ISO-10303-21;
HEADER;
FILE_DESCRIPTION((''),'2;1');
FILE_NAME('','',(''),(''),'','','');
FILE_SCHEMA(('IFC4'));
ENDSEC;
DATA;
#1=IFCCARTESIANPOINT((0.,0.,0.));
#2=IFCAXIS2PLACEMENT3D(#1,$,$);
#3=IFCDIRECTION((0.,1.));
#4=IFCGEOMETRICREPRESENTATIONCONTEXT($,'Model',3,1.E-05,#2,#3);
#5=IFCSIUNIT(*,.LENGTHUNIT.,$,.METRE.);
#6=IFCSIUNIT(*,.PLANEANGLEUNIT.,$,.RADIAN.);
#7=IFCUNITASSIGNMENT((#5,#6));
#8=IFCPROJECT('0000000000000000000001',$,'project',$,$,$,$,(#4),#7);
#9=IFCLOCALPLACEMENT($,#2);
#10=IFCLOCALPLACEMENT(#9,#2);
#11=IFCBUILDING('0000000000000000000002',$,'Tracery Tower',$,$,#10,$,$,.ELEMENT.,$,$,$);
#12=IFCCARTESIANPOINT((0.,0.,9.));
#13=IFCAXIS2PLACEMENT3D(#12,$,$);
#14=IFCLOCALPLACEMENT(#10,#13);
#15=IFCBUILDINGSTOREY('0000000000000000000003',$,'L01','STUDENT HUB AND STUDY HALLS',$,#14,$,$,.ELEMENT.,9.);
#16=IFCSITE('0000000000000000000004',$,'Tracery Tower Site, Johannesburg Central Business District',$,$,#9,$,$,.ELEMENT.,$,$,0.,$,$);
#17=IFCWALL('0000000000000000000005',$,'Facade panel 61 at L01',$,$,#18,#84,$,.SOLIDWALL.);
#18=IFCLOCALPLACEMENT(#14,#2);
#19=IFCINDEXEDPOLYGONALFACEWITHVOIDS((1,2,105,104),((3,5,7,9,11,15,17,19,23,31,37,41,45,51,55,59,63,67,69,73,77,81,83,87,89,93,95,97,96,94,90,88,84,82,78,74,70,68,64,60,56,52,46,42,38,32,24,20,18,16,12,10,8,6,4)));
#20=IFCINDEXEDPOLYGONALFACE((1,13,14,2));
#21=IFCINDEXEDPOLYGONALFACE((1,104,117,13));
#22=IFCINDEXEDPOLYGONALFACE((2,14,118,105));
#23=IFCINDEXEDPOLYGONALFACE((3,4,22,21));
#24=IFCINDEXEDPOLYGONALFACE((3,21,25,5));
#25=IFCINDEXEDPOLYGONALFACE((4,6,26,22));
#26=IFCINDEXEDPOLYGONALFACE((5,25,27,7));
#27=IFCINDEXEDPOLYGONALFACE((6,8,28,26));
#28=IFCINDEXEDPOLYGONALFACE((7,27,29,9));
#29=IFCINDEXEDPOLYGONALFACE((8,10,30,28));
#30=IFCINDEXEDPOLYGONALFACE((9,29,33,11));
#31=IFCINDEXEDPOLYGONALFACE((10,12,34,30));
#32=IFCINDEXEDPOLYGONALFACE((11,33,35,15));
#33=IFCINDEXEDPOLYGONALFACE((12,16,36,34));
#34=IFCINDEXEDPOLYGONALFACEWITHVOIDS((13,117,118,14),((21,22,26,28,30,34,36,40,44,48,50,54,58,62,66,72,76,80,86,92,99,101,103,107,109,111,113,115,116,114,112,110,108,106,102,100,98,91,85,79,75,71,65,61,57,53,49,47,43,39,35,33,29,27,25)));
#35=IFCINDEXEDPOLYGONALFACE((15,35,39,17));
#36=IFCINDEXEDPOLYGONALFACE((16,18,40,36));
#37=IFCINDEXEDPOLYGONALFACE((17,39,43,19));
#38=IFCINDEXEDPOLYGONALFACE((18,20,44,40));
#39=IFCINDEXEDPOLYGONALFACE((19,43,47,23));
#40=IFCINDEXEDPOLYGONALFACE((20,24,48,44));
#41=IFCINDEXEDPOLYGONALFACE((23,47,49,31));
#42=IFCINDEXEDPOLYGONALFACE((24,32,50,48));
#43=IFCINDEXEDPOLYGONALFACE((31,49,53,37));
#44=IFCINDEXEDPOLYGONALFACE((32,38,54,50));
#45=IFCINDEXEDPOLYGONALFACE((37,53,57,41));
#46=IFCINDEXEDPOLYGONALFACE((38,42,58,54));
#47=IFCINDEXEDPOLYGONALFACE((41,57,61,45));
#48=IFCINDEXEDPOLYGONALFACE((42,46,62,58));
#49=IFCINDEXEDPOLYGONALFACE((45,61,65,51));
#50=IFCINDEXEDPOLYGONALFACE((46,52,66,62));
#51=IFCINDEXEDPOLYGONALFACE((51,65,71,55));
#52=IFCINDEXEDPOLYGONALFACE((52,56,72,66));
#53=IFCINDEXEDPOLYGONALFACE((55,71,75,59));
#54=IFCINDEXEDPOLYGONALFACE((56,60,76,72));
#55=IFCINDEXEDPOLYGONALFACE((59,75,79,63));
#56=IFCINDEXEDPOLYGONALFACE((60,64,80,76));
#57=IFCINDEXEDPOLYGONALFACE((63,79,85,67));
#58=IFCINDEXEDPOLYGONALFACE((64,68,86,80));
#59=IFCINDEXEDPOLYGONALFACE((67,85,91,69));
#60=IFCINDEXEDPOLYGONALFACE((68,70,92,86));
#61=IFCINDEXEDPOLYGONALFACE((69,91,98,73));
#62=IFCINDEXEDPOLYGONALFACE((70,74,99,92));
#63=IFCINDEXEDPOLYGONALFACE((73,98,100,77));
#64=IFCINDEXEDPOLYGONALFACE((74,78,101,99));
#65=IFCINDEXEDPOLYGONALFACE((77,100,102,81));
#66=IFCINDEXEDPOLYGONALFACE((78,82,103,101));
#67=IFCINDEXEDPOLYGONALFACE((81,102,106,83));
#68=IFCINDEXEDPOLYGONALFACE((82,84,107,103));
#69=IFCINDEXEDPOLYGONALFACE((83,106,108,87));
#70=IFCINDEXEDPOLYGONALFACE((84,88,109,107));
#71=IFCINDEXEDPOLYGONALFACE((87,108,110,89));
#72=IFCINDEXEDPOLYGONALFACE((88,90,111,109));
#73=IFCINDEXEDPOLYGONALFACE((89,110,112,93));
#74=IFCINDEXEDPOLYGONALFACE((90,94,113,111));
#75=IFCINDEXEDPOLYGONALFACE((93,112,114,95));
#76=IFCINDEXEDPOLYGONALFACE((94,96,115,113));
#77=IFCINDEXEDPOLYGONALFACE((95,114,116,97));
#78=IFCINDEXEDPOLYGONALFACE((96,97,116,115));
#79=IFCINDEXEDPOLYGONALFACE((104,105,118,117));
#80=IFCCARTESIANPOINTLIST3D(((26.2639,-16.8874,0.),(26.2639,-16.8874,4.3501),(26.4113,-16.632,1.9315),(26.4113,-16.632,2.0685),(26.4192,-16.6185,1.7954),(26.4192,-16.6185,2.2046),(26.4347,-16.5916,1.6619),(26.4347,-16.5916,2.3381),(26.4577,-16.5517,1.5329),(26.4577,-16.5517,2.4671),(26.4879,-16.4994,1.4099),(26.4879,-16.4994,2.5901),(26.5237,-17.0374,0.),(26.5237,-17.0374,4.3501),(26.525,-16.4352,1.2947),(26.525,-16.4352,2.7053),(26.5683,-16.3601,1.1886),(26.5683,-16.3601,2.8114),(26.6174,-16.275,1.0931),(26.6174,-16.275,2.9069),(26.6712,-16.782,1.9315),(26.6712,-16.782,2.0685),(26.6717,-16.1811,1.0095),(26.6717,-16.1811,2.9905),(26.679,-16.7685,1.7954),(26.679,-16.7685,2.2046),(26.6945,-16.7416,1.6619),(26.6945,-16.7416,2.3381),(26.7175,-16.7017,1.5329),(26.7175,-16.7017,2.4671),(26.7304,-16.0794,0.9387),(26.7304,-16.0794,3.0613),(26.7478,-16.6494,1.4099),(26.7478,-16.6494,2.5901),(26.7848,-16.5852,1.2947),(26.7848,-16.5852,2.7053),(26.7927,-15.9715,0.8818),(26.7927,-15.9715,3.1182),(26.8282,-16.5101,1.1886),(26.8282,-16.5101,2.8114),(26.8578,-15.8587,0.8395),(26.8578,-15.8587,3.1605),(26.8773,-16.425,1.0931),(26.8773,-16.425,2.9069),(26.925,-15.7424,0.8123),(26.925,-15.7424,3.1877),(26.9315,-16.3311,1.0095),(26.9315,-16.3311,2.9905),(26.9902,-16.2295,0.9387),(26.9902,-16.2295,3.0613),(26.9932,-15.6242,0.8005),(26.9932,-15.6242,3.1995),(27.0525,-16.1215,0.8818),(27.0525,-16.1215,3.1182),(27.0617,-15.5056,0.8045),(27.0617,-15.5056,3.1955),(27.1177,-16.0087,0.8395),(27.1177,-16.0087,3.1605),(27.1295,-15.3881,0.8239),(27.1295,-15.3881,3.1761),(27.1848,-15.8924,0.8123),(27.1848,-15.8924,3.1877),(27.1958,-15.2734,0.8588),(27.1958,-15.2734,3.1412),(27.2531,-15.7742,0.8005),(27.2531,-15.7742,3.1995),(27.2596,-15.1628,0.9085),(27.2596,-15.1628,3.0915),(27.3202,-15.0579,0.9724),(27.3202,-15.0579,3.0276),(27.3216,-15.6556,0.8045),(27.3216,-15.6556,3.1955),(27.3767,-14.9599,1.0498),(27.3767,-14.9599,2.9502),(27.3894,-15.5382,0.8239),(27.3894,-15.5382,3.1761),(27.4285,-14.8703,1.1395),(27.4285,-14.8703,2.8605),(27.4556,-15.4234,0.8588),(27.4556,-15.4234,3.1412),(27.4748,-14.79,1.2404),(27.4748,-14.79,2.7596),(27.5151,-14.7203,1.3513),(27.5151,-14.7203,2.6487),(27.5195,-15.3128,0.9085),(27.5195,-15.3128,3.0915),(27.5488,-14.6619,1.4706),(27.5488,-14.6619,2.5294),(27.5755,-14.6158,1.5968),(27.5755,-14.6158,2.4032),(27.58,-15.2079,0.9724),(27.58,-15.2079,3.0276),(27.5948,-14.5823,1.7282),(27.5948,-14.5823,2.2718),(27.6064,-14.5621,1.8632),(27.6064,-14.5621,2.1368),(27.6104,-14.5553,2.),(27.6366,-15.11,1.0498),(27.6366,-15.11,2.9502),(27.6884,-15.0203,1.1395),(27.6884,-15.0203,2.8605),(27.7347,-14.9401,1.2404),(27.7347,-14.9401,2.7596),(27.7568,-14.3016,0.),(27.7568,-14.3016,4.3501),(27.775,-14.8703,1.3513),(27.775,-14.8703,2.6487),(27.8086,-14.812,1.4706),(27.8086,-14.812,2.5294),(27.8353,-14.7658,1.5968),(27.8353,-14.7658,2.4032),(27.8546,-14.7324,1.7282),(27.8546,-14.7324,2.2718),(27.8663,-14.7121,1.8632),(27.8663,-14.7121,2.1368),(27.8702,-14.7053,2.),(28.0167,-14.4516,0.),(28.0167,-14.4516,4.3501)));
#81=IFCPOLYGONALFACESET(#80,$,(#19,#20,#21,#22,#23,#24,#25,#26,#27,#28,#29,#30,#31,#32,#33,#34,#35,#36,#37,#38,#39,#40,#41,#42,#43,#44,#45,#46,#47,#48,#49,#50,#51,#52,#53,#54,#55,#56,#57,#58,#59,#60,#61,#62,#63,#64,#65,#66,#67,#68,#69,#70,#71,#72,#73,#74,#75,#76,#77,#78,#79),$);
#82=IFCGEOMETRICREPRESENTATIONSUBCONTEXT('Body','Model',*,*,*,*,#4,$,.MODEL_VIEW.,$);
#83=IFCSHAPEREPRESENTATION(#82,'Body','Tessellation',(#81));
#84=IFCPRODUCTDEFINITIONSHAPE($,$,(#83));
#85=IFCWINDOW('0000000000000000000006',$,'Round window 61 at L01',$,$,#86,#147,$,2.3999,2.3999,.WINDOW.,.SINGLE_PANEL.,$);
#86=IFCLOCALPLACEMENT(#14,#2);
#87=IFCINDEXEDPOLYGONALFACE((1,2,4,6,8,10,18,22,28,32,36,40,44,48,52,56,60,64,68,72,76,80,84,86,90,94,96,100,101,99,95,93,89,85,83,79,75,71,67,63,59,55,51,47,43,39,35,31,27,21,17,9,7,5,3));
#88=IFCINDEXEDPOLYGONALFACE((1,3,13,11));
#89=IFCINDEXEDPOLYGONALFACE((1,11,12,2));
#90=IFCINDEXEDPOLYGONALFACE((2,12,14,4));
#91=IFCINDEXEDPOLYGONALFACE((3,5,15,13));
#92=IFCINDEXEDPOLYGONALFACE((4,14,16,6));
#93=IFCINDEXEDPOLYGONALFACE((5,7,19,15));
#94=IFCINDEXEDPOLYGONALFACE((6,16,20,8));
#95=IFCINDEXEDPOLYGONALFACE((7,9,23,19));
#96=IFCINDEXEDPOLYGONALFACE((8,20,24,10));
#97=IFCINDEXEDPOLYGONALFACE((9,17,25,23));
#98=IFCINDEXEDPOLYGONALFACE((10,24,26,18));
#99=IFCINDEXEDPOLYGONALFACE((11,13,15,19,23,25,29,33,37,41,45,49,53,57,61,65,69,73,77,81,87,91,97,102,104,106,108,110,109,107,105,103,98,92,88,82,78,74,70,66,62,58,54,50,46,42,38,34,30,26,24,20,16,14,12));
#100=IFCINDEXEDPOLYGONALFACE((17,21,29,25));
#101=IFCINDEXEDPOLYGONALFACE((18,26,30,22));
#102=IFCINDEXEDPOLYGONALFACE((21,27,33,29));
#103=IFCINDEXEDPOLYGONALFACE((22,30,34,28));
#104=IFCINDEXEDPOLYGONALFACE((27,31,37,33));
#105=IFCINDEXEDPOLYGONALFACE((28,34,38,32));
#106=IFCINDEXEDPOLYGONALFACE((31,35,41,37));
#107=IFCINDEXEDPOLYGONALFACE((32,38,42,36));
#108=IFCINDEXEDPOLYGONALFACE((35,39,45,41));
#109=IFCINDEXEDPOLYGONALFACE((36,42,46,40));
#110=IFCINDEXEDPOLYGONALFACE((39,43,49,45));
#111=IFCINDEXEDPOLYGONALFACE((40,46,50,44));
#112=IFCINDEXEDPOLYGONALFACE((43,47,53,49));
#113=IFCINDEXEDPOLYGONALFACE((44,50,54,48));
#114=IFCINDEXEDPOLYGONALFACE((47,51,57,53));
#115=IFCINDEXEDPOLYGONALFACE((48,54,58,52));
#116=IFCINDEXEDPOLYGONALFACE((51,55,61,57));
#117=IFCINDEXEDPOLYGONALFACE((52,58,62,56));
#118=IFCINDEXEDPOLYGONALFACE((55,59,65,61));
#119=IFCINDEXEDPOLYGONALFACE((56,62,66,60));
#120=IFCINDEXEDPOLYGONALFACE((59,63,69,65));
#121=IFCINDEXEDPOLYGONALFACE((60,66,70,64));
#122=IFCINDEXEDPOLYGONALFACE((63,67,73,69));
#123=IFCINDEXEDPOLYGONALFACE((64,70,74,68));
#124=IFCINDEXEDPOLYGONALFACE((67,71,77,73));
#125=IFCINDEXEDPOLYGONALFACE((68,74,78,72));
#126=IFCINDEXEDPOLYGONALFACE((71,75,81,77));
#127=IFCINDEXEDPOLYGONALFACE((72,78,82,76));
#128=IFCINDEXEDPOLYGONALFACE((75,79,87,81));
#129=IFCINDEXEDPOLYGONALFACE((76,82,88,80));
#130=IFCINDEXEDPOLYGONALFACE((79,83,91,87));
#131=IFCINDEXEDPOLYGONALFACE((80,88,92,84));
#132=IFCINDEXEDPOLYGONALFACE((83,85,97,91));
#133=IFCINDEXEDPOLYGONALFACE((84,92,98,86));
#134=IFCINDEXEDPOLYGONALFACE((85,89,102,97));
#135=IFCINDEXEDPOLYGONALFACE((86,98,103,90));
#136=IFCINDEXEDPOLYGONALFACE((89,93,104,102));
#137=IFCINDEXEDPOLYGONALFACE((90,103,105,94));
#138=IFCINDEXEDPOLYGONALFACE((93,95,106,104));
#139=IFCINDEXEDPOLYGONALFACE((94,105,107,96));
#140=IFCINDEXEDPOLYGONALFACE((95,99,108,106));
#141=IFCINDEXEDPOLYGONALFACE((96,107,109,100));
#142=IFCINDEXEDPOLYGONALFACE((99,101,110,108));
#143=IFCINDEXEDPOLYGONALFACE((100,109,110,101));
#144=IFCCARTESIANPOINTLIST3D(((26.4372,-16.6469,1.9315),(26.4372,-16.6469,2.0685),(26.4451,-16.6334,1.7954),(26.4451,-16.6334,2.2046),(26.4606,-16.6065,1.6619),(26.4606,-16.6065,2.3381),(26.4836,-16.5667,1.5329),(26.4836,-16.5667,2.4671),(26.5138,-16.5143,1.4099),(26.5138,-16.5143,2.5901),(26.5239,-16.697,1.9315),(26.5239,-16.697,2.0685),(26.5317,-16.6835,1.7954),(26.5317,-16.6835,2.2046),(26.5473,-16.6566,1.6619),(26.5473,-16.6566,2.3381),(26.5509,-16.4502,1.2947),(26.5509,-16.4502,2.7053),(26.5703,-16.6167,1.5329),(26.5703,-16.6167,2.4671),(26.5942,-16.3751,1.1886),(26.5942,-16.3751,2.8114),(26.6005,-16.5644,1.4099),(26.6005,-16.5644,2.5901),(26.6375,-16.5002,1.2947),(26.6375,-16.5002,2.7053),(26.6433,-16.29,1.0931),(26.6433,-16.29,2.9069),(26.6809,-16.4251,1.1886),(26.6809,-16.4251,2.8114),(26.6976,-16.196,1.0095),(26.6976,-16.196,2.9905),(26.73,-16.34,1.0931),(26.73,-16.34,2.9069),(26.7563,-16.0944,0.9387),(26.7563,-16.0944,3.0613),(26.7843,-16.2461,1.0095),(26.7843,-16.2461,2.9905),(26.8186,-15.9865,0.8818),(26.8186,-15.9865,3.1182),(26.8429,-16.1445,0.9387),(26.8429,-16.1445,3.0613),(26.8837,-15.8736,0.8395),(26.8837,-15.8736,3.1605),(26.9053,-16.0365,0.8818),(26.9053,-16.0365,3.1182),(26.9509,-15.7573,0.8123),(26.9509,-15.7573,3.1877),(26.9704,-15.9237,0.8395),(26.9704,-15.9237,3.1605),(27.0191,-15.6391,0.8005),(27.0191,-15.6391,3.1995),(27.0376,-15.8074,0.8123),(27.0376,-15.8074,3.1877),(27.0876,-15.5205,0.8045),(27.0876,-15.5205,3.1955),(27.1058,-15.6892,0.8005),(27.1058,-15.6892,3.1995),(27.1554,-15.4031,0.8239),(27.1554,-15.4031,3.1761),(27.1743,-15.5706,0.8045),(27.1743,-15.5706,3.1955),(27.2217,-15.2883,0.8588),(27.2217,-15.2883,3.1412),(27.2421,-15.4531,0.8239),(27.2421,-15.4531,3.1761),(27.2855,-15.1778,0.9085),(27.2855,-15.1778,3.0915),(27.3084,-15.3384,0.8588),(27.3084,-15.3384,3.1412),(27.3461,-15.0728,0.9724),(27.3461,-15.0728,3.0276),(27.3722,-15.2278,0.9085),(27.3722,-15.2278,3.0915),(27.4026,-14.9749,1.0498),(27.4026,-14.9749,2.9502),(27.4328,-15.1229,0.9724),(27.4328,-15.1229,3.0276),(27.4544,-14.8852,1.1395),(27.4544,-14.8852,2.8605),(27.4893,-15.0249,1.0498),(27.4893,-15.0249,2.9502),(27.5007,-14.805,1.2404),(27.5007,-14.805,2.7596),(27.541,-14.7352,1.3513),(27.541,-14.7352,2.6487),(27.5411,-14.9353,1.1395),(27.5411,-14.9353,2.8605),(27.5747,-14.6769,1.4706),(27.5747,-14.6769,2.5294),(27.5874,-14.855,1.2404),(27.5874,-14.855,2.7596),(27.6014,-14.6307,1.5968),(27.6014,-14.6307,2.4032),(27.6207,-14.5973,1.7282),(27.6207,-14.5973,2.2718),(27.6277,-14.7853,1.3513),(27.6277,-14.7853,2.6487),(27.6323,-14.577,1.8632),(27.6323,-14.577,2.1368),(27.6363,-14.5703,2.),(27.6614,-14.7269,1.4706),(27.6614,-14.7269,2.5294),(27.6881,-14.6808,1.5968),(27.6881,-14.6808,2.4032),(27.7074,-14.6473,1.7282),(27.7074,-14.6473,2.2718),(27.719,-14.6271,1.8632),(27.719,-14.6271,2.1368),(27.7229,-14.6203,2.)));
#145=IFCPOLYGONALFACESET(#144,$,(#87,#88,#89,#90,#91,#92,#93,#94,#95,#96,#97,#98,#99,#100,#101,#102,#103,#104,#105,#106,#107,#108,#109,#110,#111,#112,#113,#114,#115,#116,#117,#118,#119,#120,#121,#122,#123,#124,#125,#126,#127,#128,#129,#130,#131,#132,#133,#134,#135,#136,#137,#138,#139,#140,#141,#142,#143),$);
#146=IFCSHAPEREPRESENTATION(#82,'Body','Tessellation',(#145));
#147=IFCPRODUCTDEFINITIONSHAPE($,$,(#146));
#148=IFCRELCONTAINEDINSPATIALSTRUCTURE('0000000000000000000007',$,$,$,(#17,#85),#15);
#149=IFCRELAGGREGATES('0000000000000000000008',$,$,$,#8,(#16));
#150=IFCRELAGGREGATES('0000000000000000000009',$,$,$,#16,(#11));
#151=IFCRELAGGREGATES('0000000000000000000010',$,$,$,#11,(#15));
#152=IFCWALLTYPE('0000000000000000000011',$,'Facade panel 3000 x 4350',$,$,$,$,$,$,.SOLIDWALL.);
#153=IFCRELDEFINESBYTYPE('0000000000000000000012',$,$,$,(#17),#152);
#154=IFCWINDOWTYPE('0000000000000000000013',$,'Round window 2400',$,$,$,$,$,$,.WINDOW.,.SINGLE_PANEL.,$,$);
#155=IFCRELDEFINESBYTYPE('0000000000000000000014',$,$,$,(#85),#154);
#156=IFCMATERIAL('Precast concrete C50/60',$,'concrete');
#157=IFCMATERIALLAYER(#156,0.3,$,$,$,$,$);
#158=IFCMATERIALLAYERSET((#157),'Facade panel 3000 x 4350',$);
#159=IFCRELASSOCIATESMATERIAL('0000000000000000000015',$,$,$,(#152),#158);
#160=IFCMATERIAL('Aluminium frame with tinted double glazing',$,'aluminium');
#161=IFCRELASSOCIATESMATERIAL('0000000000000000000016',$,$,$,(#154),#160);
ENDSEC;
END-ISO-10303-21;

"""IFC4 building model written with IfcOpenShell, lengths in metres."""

from ifc_helpers import new_model, si_unit, direction, frame, frame_2d, origin, origin_2d, place, context, subcontext, project, spatial, rectangle, circle, extrude, material, layer, layer_set, type_object, element, fill, save


model = new_model("IFC4")

# Units and contexts
model_context = context("Model", 3, precision=1e-05, world=origin(), true_north=direction((0.0, 1.0)))
body_context = subcontext(model_context, "Body", "Model", "MODEL_VIEW")
ifc_project = project(units=[si_unit("LENGTHUNIT", "METRE"), si_unit("PLANEANGLEUNIT", "RADIAN")], contexts=[model_context])

# Site, building, storey
site_placement = place(None, origin())
site = spatial("IfcSite", under=ifc_project, at=site_placement, Name="Tracery Tower Site, Johannesburg Central Business District", CompositionType="ELEMENT", RefElevation=0.0)
building_placement = place(site_placement, origin())
building = spatial("IfcBuilding", under=site, at=building_placement, Name="Tracery Tower", CompositionType="ELEMENT")
storey_placement = place(building_placement, frame((0.0, 0.0, 9.0)))
storey = spatial("IfcBuildingStorey", under=building, at=storey_placement, Name="L01", Description="STUDENT HUB AND STUDY HALLS", CompositionType="ELEMENT", Elevation=9.0)

# Wall, opening, window
ifc_material_1 = material(Name="Precast concrete C50/60", Category="concrete")
ifc_layer_1 = layer(ifc_material_1, 0.3)
ifc_layer_set_1 = layer_set([ifc_layer_1], Name="Facade panel 3000 x 4350")
wall_type_1 = type_object("IfcWallType", Name="Facade panel 3000 x 4350", PredefinedType="SOLIDWALL", material=ifc_layer_set_1)
ifc_material_2 = material(Name="Aluminium frame with tinted double glazing", Category="aluminium")
window_type = type_object("IfcWindowType", Name="Round window 2400", PartitioningType="SINGLE_PANEL", PredefinedType="WINDOW", material=ifc_material_2)
wall_1_placement = place(storey_placement, frame((26.3938, -16.9624, 0.0), z_axis=(0.0, 0.0, 1.0), x_axis=(0.500017, 0.866015, 0.0)))
wall_1 = element("IfcWall", 1, at=wall_1_placement, inside=storey, type_object=wall_type_1, Name="Facade panel 61 at L01", PredefinedType="SOLIDWALL", context=body_context, shape_type="SweptSolid", body=[
    extrude(rectangle(XDim=2.9858, YDim=0.3, at=frame_2d((1.4929, 0.0))), origin(), (0.0, 0.0, 1.0), 4.3501),
])
opening_1_placement = place(wall_1_placement, frame((1.4929, 0.0, 2.0)))
opening_1 = element("IfcOpeningElement", 2, at=opening_1_placement, cuts=wall_1, PredefinedType="OPENING", context=body_context, shape_type="SweptSolid", body=[
    extrude(circle(Radius=1.2, at=origin_2d()), frame((0.0, 0.1599, 0.0), z_axis=(0.0, -1.0, 0.0), x_axis=(1.0, 0.0, 0.0)), (0.0, 0.0, 1.0), 0.3201),
])
window_1_placement = place(opening_1_placement, origin())
window_1 = element("IfcWindow", 3, at=window_1_placement, inside=storey, type_object=window_type, Name="Round window 61 at L01", OverallHeight=2.3999, OverallWidth=2.3999, PartitioningType="SINGLE_PANEL", PredefinedType="WINDOW", context=body_context, shape_type="SweptSolid", body=[
    extrude(circle(Radius=1.2, at=origin_2d()), frame((0.0, 0.1201, 0.0), z_axis=(0.0, -1.0, 0.0), x_axis=(1.0, 0.0, 0.0)), (0.0, 0.0, 1.0), 0.1001),
])
fill(opening_1, window_1)

save(model, "model.ifc")
